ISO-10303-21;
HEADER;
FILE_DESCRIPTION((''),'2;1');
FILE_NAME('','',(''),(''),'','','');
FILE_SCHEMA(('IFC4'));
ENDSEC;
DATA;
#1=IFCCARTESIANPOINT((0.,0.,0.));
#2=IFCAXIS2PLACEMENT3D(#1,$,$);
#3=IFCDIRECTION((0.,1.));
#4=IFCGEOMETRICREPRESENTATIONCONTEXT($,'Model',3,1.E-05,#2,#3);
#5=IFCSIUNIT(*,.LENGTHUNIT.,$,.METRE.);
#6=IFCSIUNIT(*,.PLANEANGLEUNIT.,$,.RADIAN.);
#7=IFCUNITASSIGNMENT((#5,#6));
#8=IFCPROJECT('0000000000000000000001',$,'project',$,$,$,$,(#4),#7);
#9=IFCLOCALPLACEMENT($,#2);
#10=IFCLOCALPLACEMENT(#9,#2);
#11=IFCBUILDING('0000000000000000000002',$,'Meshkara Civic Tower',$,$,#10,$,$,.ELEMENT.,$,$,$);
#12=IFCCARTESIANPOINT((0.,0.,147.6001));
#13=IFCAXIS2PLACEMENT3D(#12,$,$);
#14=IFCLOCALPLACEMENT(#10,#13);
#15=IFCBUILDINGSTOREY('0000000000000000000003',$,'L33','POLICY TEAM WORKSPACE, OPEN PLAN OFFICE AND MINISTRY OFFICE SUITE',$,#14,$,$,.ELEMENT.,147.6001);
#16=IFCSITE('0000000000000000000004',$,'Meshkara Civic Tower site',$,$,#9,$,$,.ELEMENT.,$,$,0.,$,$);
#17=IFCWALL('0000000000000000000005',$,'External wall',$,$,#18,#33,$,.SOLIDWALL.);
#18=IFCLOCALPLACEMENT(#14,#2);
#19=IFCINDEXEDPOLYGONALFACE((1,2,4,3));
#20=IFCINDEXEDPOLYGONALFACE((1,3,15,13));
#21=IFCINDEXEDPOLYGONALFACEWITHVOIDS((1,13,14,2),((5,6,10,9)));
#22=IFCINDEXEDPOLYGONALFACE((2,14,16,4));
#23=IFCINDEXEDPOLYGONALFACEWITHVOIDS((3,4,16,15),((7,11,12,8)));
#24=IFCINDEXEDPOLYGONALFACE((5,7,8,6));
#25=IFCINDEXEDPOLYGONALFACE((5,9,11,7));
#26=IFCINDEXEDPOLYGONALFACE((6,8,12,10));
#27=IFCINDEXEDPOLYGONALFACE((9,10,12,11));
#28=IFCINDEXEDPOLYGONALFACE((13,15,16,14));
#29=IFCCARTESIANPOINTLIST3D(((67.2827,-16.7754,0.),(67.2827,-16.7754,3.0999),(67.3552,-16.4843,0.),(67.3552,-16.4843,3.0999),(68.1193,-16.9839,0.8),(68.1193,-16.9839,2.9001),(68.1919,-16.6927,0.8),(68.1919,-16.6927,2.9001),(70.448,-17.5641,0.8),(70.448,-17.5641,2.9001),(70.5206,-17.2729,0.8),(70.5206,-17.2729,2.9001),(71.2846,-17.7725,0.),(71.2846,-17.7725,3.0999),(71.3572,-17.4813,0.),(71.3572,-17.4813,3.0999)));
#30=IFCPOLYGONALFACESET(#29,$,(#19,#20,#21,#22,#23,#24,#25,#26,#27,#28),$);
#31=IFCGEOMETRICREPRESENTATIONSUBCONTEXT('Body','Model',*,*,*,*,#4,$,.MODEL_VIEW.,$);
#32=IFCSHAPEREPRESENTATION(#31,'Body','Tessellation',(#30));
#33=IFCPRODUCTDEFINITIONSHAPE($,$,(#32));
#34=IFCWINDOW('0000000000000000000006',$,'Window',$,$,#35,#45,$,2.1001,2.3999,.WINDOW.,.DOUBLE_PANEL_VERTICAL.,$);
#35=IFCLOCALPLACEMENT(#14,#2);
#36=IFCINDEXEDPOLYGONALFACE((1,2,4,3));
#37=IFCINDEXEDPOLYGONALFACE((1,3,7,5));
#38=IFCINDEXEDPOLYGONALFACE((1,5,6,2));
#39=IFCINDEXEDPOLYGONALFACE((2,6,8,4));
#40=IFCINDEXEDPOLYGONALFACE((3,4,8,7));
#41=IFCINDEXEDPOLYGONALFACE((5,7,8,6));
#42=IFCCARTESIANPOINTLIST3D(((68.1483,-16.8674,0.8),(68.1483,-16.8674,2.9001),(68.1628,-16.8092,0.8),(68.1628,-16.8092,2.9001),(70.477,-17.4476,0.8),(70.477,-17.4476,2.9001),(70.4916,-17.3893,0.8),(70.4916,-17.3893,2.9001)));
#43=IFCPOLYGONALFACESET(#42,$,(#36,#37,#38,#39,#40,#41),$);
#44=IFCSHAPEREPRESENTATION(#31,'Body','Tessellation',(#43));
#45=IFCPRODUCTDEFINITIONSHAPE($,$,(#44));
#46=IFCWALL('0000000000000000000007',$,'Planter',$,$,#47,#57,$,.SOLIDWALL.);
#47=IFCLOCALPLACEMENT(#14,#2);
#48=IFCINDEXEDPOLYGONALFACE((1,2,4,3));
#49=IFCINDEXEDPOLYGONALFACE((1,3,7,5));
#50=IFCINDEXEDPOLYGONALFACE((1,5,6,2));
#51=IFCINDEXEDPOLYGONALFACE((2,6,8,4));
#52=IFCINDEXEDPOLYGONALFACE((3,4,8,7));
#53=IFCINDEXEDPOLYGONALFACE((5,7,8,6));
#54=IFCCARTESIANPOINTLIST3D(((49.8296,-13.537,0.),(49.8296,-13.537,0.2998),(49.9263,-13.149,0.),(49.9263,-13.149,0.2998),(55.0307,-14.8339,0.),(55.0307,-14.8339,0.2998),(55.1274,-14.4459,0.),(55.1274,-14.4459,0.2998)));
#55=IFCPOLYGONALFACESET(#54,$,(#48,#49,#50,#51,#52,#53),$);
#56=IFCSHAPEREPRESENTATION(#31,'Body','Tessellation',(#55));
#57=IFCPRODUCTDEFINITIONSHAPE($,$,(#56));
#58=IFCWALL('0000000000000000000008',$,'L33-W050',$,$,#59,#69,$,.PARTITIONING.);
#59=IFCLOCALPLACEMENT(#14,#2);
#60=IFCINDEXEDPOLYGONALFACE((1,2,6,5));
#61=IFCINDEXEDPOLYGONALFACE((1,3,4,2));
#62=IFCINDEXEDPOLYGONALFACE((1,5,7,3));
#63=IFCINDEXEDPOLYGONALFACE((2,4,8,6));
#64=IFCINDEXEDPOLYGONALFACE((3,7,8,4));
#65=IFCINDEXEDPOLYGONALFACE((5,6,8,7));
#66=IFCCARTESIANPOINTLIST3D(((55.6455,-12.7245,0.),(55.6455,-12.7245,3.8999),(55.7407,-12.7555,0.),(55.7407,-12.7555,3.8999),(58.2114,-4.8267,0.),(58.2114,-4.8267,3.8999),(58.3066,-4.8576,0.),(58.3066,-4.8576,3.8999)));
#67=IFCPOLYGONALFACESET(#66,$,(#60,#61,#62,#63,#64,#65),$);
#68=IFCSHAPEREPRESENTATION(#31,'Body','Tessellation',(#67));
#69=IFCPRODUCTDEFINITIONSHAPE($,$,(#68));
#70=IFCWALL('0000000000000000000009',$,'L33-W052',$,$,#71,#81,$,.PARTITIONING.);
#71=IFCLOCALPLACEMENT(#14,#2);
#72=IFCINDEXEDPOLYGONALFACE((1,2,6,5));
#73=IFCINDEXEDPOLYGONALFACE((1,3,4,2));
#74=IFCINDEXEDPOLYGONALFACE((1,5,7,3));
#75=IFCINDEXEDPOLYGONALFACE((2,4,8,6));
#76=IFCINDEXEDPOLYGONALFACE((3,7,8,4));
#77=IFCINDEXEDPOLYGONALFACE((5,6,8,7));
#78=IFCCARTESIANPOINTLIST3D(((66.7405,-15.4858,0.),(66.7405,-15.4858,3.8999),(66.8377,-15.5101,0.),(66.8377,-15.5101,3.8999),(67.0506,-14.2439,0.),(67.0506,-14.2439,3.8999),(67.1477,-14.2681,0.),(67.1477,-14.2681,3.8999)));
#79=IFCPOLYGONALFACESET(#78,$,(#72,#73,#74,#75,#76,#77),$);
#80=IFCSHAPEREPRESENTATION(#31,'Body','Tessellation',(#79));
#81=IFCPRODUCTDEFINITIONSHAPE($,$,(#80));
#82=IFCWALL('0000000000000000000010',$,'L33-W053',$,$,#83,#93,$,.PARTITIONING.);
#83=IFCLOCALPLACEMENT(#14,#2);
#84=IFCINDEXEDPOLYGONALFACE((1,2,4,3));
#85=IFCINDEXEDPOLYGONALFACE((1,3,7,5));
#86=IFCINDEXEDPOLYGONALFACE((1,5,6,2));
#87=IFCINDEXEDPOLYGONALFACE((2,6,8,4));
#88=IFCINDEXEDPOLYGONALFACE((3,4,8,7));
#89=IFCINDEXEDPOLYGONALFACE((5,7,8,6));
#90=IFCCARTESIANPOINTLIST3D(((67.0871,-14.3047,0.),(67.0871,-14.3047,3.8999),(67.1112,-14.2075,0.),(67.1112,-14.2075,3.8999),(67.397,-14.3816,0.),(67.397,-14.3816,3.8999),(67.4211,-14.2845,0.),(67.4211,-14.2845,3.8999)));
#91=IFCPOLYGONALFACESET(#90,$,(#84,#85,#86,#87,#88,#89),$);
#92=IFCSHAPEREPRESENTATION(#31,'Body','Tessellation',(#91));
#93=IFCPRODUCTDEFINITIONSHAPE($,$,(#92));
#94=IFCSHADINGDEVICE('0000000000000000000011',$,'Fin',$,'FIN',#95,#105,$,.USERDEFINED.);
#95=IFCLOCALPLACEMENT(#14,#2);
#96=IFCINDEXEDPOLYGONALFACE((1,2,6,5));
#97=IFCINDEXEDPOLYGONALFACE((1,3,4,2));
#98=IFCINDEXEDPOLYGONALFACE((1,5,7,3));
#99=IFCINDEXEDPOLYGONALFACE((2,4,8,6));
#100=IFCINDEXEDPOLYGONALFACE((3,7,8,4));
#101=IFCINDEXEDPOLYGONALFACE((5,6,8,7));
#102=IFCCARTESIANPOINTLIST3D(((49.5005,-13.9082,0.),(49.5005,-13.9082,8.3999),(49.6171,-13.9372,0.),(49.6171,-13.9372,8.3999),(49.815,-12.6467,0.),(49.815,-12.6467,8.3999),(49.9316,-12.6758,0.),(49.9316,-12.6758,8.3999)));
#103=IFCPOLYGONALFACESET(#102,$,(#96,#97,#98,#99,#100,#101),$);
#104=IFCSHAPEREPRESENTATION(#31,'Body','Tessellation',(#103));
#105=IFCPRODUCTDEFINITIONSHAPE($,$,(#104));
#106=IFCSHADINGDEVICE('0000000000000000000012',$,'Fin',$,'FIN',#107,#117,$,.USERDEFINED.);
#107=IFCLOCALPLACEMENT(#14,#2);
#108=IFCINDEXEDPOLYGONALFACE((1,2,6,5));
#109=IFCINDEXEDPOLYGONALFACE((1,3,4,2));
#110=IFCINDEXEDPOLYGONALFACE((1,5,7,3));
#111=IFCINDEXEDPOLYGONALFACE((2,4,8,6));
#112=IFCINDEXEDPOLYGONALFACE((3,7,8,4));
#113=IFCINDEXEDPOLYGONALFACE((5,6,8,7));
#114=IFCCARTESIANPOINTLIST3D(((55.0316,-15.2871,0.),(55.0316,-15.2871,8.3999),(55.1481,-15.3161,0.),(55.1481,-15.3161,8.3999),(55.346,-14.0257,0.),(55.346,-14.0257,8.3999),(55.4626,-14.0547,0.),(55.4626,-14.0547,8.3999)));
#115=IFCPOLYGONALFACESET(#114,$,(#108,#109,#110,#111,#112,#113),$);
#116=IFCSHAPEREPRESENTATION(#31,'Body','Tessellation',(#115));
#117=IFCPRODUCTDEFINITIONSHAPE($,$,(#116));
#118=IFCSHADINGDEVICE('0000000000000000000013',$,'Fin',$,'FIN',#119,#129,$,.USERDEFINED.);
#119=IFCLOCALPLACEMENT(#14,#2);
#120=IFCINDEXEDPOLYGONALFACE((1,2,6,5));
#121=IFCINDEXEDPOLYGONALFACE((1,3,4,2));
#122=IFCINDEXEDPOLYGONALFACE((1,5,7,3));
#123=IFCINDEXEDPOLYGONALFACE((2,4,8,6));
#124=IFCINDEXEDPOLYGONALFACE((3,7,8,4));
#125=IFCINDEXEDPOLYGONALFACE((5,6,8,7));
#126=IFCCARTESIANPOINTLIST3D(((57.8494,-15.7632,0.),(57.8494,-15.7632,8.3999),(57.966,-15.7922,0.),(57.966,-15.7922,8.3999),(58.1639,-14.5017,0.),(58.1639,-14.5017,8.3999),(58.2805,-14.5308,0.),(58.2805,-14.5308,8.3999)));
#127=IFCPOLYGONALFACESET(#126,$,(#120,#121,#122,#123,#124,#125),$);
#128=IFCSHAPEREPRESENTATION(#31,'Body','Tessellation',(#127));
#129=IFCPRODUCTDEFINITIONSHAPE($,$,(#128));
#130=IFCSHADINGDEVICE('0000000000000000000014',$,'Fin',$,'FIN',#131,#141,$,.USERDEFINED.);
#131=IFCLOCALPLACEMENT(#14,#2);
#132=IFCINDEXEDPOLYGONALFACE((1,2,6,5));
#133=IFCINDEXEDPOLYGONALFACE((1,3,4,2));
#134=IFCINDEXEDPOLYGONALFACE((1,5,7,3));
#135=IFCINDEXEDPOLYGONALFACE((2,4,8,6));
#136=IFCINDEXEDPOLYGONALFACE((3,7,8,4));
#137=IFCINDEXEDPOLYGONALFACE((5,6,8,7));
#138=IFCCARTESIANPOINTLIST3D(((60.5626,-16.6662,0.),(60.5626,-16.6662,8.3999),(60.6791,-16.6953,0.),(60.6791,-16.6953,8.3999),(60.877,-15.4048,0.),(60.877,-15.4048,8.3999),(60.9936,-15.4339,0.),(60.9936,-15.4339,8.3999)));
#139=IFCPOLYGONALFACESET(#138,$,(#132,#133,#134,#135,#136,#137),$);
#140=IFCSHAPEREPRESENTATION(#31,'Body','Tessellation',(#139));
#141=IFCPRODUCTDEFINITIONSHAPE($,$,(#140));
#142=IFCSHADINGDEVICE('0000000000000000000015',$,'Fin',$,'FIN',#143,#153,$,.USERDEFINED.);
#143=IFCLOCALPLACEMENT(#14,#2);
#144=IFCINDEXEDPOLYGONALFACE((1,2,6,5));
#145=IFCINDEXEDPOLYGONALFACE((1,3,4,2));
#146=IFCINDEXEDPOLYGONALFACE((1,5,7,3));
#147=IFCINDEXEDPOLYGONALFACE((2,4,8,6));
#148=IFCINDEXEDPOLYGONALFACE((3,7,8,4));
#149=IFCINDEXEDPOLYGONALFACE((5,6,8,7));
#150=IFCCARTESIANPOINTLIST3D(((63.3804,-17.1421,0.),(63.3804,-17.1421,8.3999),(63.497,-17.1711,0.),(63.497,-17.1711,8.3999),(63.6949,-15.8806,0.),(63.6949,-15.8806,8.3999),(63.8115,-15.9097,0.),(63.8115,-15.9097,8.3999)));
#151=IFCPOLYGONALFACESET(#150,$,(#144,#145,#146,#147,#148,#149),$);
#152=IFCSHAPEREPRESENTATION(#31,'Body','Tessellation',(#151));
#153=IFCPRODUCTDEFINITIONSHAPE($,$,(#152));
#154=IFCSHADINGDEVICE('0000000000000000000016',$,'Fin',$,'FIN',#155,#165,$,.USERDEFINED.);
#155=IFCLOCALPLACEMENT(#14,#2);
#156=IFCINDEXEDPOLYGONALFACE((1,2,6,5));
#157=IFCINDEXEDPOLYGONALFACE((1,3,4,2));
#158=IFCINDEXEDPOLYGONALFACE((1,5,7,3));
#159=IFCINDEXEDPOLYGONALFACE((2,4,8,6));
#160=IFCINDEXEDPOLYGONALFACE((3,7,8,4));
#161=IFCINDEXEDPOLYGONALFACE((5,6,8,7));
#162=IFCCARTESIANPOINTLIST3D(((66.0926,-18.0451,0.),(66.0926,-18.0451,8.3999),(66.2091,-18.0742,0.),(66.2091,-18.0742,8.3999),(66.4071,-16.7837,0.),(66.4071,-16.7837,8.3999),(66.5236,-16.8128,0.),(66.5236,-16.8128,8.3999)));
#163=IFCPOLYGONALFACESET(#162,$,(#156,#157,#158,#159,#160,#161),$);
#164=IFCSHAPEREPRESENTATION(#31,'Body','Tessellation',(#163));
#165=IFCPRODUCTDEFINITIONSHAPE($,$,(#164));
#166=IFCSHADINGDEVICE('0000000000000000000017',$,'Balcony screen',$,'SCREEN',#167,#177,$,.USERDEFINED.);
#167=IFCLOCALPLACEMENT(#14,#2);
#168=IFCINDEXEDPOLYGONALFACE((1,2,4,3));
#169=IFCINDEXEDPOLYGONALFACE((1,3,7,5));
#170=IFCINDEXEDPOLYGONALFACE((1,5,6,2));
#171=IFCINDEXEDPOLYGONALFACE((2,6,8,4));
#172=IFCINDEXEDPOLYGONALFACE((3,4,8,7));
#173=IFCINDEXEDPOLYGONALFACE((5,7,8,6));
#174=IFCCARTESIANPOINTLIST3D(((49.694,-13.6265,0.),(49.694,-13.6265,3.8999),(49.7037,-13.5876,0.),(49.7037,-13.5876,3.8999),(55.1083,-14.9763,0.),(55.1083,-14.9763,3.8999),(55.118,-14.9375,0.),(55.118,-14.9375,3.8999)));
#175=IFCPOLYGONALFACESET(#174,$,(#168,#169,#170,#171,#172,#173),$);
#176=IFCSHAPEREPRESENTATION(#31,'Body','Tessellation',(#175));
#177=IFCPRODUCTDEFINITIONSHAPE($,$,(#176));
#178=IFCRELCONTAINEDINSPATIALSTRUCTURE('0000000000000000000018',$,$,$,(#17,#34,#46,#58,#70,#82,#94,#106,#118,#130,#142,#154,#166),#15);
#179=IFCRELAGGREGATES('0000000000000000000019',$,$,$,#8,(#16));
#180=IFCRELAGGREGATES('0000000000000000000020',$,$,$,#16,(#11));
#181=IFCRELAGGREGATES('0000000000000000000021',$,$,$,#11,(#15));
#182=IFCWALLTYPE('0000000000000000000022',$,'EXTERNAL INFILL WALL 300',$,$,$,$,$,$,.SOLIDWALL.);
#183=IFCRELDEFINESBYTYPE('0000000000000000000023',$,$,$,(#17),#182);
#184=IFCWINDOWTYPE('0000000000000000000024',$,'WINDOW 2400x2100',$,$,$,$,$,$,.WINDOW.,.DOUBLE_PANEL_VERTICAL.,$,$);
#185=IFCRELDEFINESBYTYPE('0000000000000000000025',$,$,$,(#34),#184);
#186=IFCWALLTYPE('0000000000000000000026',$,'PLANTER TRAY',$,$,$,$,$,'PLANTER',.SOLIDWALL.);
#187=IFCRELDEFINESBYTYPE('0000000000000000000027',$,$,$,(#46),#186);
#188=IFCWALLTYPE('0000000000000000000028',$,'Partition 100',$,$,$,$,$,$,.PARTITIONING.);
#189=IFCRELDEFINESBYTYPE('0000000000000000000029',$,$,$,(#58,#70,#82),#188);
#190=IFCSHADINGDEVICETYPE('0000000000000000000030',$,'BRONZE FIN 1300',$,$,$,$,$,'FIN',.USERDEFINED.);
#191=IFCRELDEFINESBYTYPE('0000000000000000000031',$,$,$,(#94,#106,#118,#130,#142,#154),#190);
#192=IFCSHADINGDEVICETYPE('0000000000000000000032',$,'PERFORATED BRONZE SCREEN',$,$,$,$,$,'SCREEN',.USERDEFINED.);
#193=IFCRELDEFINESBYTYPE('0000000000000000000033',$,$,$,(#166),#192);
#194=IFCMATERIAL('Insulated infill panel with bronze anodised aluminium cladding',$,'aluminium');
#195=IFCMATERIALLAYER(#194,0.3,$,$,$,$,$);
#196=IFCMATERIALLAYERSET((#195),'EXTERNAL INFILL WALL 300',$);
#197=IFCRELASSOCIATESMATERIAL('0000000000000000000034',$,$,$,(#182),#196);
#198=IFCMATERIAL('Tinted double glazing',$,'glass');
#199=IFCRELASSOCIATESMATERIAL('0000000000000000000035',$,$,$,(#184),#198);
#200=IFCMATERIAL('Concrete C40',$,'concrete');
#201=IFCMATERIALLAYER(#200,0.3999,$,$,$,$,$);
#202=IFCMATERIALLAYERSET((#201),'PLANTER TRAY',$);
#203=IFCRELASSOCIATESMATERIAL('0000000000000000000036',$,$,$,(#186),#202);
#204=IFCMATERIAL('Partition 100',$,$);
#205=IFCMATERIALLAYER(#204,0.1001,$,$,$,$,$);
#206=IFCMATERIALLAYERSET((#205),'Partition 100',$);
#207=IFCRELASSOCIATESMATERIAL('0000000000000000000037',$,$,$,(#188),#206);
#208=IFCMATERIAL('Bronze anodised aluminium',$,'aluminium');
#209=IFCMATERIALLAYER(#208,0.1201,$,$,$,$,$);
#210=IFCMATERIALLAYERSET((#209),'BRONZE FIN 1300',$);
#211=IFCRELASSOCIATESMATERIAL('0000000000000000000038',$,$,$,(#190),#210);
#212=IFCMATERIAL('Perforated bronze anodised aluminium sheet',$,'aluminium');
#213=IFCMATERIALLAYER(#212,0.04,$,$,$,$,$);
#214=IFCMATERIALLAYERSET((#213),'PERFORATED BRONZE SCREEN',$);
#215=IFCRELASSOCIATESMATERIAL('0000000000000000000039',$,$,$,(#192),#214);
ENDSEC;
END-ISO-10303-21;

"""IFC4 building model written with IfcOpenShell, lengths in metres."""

from ifc_helpers import new_model, si_unit, direction, frame, frame_2d, origin, origin_2d, place, context, subcontext, project, spatial, rectangle, extrude, material, layer, layer_set, type_object, element, fill, save


model = new_model("IFC4")

# Units and contexts
model_context = context("Model", 3, precision=1e-05, world=origin(), true_north=direction((0.0, 1.0)))
body_context = subcontext(model_context, "Body", "Model", "MODEL_VIEW")
ifc_project = project(units=[si_unit("LENGTHUNIT", "METRE"), si_unit("PLANEANGLEUNIT", "RADIAN")], contexts=[model_context])

# Site, building, storey
site_placement = place(None, origin())
site = spatial("IfcSite", under=ifc_project, at=site_placement, Name="Meshkara Civic Tower site", CompositionType="ELEMENT", RefElevation=0.0)
building_placement = place(site_placement, origin())
building = spatial("IfcBuilding", under=site, at=building_placement, Name="Meshkara Civic Tower", CompositionType="ELEMENT")
storey_placement = place(building_placement, frame((0.0, 0.0, 147.6001)))
storey = spatial("IfcBuildingStorey", under=building, at=storey_placement, Name="L33", Description="POLICY TEAM WORKSPACE, OPEN PLAN OFFICE AND MINISTRY OFFICE SUITE", CompositionType="ELEMENT", Elevation=147.6001)

# Wall, opening, window
ifc_material_1 = material(Name="Insulated infill panel with bronze anodised aluminium cladding", Category="aluminium")
ifc_layer_1 = layer(ifc_material_1, 0.3)
ifc_layer_set_1 = layer_set([ifc_layer_1], Name="EXTERNAL INFILL WALL 300")
wall_type_1 = type_object("IfcWallType", Name="EXTERNAL INFILL WALL 300", PredefinedType="SOLIDWALL", material=ifc_layer_set_1)
ifc_material_2 = material(Name="Tinted double glazing", Category="glass")
window_type = type_object("IfcWindowType", Name="WINDOW 2400x2100", PartitioningType="DOUBLE_PANEL_VERTICAL", PredefinedType="WINDOW", material=ifc_material_2)
wall_1_placement = place(storey_placement, frame((67.3191, -16.6299, 0.0), z_axis=(0.0, 0.0, 1.0), x_axis=(0.970337, -0.241756, 0.0)))
wall_1 = element("IfcWall", 1, at=wall_1_placement, inside=storey, type_object=wall_type_1, Name="External wall", PredefinedType="SOLIDWALL", context=body_context, shape_type="SweptSolid", body=[
    extrude(rectangle(XDim=4.1243, YDim=0.3, at=frame_2d((2.062, 0.0))), origin(), (0.0, 0.0, 1.0), 3.0999),
])
opening_1_placement = place(wall_1_placement, frame((0.8621, 0.0, 0.8)))
opening_1 = element("IfcOpeningElement", 2, at=opening_1_placement, cuts=wall_1, PredefinedType="OPENING", context=body_context, shape_type="SweptSolid", body=[
    extrude(rectangle(XDim=2.3999, YDim=2.1001, at=frame_2d((1.2, 1.05))), frame((0.0, 0.1599, 0.0), z_axis=(0.0, -1.0, 0.0), x_axis=(1.0, 0.0, 0.0)), (0.0, 0.0, 1.0), 0.3201),
])
window_1_placement = place(opening_1_placement, origin())
window_1 = element("IfcWindow", 3, at=window_1_placement, inside=storey, type_object=window_type, Name="Window", OverallHeight=2.1001, OverallWidth=2.3999, PartitioningType="DOUBLE_PANEL_VERTICAL", PredefinedType="WINDOW", context=body_context, shape_type="SweptSolid", body=[
    extrude(rectangle(XDim=2.3999, YDim=2.1001, at=frame_2d((1.2, 1.05))), frame((0.0, 0.03, 0.0), z_axis=(0.0, -1.0, 0.0), x_axis=(1.0, 0.0, 0.0)), (0.0, 0.0, 1.0), 0.0601),
])
fill(opening_1, window_1)

# Walls
ifc_material_3 = material(Name="Concrete C40", Category="concrete")
ifc_layer_2 = layer(ifc_material_3, 0.3999)
ifc_layer_set_2 = layer_set([ifc_layer_2], Name="PLANTER TRAY")
wall_type_2 = type_object("IfcWallType", Name="PLANTER TRAY", ElementType="PLANTER", PredefinedType="SOLIDWALL", material=ifc_layer_set_2)
wall_2_placement = place(storey_placement, frame((49.8779, -13.343, 0.0), z_axis=(0.0, 0.0, 1.0), x_axis=(0.970292, -0.241935, 0.0)))
element("IfcWall", 4, at=wall_2_placement, inside=storey, type_object=wall_type_2, Name="Planter", PredefinedType="SOLIDWALL", context=body_context, shape_type="SweptSolid", body=[
    extrude(rectangle(XDim=5.3604, YDim=0.3999, at=frame_2d((2.6802, 0.0))), origin(), (0.0, 0.0, 1.0), 0.2998),
])
ifc_material_4 = material(Name="Partition 100")
ifc_layer_3 = layer(ifc_material_4, 0.1001)
ifc_layer_set_3 = layer_set([ifc_layer_3], Name="Partition 100")
wall_type_3 = type_object("IfcWallType", Name="Partition 100", PredefinedType="PARTITIONING", material=ifc_layer_set_3)
wall_3_placement = place(storey_placement, frame((55.6931, -12.74, 0.0), z_axis=(0.0, 0.0, 1.0), x_axis=(0.308986, 0.951066, 0.0)))
element("IfcWall", 5, at=wall_3_placement, inside=storey, type_object=wall_type_3, Name="L33-W050", PredefinedType="PARTITIONING", context=body_context, shape_type="SweptSolid", body=[
    extrude(rectangle(XDim=8.3042, YDim=0.1001, at=frame_2d((4.1521, 0.0))), origin(), (0.0, 0.0, 1.0), 3.8999),
])
wall_4_placement = place(storey_placement, frame((66.7891, -15.498, 0.0), z_axis=(0.0, 0.0, 1.0), x_axis=(0.242221, 0.970221, 0.0)))
element("IfcWall", 6, at=wall_4_placement, inside=storey, type_object=wall_type_3, Name="L33-W052", PredefinedType="PARTITIONING", context=body_context, shape_type="SweptSolid", body=[
    extrude(rectangle(XDim=1.28, YDim=0.1001, at=frame_2d((0.6401, 0.0))), origin(), (0.0, 0.0, 1.0), 3.8999),
])
wall_5_placement = place(storey_placement, frame((67.0991, -14.2561, 0.0), z_axis=(0.0, 0.0, 1.0), x_axis=(0.970546, -0.240916, 0.0)))
element("IfcWall", 7, at=wall_5_placement, inside=storey, type_object=wall_type_3, Name="L33-W053", PredefinedType="PARTITIONING", context=body_context, shape_type="SweptSolid", body=[
    extrude(rectangle(XDim=0.3193, YDim=0.1001, at=frame_2d((0.1597, 0.0))), origin(), (0.0, 0.0, 1.0), 3.8999),
])

# Shading devices
ifc_material_5 = material(Name="Bronze anodised aluminium", Category="aluminium")
ifc_layer_4 = layer(ifc_material_5, 0.1201)
ifc_layer_set_4 = layer_set([ifc_layer_4], Name="BRONZE FIN 1300")
shading_device_type_1 = type_object("IfcShadingDeviceType", Name="BRONZE FIN 1300", ElementType="FIN", PredefinedType="USERDEFINED", material=ifc_layer_set_4)
for number, where, z_axis, x_axis, name in (
    (8, (49.7161, -13.292, 0.0), (0.0, 0.0, 1.0), (0.9703, -0.241905, 0.0), "Fin"),
    (9, (55.2471, -14.6709, 0.0), (0.0, 0.0, 1.0), (0.9703, -0.241905, 0.0), "Fin"),
    (10, (58.0649, -15.147, 0.0), (0.0, 0.0, 1.0), (0.9703, -0.241905, 0.0), "Fin"),
    (11, (60.7781, -16.05, 0.0), (0.0, 0.0, 1.0), (0.9703, -0.241905, 0.0), "Fin"),
    (12, (63.5959, -16.5259, 0.0), (0.0, 0.0, 1.0), (0.9703, -0.241905, 0.0), "Fin"),
    (13, (66.3081, -17.429, 0.0), (0.0, 0.0, 1.0), (0.9703, -0.241905, 0.0), "Fin"),
):
    element("IfcShadingDevice", number, at=place(storey_placement, frame(where, z_axis=z_axis, x_axis=x_axis)), inside=storey, type_object=shading_device_type_1, Name=name, ObjectType="FIN", PredefinedType="USERDEFINED", context=body_context, shape_type="SweptSolid", body=[
        extrude(rectangle(XDim=0.1201, YDim=1.3, at=origin_2d()), origin(), (0.0, 0.0, 1.0), 8.3999),
    ])
ifc_material_6 = material(Name="Perforated bronze anodised aluminium sheet", Category="aluminium")
ifc_layer_5 = layer(ifc_material_6, 0.04)
ifc_layer_set_5 = layer_set([ifc_layer_5], Name="PERFORATED BRONZE SCREEN")
shading_device_type_2 = type_object("IfcShadingDeviceType", Name="PERFORATED BRONZE SCREEN", ElementType="SCREEN", PredefinedType="USERDEFINED", material=ifc_layer_set_5)
shading_device_placement = place(storey_placement, frame((52.406, -14.282, 0.0), z_axis=(0.0, 0.0, 1.0), x_axis=(0.9703, -0.241905, 0.0)))
element("IfcShadingDevice", 14, at=shading_device_placement, inside=storey, type_object=shading_device_type_2, Name="Balcony screen", ObjectType="SCREEN", PredefinedType="USERDEFINED", context=body_context, shape_type="SweptSolid", body=[
    extrude(rectangle(XDim=5.5801, YDim=0.04, at=origin_2d()), origin(), (0.0, 0.0, 1.0), 3.8999),
])

save(model, "model.ifc")
